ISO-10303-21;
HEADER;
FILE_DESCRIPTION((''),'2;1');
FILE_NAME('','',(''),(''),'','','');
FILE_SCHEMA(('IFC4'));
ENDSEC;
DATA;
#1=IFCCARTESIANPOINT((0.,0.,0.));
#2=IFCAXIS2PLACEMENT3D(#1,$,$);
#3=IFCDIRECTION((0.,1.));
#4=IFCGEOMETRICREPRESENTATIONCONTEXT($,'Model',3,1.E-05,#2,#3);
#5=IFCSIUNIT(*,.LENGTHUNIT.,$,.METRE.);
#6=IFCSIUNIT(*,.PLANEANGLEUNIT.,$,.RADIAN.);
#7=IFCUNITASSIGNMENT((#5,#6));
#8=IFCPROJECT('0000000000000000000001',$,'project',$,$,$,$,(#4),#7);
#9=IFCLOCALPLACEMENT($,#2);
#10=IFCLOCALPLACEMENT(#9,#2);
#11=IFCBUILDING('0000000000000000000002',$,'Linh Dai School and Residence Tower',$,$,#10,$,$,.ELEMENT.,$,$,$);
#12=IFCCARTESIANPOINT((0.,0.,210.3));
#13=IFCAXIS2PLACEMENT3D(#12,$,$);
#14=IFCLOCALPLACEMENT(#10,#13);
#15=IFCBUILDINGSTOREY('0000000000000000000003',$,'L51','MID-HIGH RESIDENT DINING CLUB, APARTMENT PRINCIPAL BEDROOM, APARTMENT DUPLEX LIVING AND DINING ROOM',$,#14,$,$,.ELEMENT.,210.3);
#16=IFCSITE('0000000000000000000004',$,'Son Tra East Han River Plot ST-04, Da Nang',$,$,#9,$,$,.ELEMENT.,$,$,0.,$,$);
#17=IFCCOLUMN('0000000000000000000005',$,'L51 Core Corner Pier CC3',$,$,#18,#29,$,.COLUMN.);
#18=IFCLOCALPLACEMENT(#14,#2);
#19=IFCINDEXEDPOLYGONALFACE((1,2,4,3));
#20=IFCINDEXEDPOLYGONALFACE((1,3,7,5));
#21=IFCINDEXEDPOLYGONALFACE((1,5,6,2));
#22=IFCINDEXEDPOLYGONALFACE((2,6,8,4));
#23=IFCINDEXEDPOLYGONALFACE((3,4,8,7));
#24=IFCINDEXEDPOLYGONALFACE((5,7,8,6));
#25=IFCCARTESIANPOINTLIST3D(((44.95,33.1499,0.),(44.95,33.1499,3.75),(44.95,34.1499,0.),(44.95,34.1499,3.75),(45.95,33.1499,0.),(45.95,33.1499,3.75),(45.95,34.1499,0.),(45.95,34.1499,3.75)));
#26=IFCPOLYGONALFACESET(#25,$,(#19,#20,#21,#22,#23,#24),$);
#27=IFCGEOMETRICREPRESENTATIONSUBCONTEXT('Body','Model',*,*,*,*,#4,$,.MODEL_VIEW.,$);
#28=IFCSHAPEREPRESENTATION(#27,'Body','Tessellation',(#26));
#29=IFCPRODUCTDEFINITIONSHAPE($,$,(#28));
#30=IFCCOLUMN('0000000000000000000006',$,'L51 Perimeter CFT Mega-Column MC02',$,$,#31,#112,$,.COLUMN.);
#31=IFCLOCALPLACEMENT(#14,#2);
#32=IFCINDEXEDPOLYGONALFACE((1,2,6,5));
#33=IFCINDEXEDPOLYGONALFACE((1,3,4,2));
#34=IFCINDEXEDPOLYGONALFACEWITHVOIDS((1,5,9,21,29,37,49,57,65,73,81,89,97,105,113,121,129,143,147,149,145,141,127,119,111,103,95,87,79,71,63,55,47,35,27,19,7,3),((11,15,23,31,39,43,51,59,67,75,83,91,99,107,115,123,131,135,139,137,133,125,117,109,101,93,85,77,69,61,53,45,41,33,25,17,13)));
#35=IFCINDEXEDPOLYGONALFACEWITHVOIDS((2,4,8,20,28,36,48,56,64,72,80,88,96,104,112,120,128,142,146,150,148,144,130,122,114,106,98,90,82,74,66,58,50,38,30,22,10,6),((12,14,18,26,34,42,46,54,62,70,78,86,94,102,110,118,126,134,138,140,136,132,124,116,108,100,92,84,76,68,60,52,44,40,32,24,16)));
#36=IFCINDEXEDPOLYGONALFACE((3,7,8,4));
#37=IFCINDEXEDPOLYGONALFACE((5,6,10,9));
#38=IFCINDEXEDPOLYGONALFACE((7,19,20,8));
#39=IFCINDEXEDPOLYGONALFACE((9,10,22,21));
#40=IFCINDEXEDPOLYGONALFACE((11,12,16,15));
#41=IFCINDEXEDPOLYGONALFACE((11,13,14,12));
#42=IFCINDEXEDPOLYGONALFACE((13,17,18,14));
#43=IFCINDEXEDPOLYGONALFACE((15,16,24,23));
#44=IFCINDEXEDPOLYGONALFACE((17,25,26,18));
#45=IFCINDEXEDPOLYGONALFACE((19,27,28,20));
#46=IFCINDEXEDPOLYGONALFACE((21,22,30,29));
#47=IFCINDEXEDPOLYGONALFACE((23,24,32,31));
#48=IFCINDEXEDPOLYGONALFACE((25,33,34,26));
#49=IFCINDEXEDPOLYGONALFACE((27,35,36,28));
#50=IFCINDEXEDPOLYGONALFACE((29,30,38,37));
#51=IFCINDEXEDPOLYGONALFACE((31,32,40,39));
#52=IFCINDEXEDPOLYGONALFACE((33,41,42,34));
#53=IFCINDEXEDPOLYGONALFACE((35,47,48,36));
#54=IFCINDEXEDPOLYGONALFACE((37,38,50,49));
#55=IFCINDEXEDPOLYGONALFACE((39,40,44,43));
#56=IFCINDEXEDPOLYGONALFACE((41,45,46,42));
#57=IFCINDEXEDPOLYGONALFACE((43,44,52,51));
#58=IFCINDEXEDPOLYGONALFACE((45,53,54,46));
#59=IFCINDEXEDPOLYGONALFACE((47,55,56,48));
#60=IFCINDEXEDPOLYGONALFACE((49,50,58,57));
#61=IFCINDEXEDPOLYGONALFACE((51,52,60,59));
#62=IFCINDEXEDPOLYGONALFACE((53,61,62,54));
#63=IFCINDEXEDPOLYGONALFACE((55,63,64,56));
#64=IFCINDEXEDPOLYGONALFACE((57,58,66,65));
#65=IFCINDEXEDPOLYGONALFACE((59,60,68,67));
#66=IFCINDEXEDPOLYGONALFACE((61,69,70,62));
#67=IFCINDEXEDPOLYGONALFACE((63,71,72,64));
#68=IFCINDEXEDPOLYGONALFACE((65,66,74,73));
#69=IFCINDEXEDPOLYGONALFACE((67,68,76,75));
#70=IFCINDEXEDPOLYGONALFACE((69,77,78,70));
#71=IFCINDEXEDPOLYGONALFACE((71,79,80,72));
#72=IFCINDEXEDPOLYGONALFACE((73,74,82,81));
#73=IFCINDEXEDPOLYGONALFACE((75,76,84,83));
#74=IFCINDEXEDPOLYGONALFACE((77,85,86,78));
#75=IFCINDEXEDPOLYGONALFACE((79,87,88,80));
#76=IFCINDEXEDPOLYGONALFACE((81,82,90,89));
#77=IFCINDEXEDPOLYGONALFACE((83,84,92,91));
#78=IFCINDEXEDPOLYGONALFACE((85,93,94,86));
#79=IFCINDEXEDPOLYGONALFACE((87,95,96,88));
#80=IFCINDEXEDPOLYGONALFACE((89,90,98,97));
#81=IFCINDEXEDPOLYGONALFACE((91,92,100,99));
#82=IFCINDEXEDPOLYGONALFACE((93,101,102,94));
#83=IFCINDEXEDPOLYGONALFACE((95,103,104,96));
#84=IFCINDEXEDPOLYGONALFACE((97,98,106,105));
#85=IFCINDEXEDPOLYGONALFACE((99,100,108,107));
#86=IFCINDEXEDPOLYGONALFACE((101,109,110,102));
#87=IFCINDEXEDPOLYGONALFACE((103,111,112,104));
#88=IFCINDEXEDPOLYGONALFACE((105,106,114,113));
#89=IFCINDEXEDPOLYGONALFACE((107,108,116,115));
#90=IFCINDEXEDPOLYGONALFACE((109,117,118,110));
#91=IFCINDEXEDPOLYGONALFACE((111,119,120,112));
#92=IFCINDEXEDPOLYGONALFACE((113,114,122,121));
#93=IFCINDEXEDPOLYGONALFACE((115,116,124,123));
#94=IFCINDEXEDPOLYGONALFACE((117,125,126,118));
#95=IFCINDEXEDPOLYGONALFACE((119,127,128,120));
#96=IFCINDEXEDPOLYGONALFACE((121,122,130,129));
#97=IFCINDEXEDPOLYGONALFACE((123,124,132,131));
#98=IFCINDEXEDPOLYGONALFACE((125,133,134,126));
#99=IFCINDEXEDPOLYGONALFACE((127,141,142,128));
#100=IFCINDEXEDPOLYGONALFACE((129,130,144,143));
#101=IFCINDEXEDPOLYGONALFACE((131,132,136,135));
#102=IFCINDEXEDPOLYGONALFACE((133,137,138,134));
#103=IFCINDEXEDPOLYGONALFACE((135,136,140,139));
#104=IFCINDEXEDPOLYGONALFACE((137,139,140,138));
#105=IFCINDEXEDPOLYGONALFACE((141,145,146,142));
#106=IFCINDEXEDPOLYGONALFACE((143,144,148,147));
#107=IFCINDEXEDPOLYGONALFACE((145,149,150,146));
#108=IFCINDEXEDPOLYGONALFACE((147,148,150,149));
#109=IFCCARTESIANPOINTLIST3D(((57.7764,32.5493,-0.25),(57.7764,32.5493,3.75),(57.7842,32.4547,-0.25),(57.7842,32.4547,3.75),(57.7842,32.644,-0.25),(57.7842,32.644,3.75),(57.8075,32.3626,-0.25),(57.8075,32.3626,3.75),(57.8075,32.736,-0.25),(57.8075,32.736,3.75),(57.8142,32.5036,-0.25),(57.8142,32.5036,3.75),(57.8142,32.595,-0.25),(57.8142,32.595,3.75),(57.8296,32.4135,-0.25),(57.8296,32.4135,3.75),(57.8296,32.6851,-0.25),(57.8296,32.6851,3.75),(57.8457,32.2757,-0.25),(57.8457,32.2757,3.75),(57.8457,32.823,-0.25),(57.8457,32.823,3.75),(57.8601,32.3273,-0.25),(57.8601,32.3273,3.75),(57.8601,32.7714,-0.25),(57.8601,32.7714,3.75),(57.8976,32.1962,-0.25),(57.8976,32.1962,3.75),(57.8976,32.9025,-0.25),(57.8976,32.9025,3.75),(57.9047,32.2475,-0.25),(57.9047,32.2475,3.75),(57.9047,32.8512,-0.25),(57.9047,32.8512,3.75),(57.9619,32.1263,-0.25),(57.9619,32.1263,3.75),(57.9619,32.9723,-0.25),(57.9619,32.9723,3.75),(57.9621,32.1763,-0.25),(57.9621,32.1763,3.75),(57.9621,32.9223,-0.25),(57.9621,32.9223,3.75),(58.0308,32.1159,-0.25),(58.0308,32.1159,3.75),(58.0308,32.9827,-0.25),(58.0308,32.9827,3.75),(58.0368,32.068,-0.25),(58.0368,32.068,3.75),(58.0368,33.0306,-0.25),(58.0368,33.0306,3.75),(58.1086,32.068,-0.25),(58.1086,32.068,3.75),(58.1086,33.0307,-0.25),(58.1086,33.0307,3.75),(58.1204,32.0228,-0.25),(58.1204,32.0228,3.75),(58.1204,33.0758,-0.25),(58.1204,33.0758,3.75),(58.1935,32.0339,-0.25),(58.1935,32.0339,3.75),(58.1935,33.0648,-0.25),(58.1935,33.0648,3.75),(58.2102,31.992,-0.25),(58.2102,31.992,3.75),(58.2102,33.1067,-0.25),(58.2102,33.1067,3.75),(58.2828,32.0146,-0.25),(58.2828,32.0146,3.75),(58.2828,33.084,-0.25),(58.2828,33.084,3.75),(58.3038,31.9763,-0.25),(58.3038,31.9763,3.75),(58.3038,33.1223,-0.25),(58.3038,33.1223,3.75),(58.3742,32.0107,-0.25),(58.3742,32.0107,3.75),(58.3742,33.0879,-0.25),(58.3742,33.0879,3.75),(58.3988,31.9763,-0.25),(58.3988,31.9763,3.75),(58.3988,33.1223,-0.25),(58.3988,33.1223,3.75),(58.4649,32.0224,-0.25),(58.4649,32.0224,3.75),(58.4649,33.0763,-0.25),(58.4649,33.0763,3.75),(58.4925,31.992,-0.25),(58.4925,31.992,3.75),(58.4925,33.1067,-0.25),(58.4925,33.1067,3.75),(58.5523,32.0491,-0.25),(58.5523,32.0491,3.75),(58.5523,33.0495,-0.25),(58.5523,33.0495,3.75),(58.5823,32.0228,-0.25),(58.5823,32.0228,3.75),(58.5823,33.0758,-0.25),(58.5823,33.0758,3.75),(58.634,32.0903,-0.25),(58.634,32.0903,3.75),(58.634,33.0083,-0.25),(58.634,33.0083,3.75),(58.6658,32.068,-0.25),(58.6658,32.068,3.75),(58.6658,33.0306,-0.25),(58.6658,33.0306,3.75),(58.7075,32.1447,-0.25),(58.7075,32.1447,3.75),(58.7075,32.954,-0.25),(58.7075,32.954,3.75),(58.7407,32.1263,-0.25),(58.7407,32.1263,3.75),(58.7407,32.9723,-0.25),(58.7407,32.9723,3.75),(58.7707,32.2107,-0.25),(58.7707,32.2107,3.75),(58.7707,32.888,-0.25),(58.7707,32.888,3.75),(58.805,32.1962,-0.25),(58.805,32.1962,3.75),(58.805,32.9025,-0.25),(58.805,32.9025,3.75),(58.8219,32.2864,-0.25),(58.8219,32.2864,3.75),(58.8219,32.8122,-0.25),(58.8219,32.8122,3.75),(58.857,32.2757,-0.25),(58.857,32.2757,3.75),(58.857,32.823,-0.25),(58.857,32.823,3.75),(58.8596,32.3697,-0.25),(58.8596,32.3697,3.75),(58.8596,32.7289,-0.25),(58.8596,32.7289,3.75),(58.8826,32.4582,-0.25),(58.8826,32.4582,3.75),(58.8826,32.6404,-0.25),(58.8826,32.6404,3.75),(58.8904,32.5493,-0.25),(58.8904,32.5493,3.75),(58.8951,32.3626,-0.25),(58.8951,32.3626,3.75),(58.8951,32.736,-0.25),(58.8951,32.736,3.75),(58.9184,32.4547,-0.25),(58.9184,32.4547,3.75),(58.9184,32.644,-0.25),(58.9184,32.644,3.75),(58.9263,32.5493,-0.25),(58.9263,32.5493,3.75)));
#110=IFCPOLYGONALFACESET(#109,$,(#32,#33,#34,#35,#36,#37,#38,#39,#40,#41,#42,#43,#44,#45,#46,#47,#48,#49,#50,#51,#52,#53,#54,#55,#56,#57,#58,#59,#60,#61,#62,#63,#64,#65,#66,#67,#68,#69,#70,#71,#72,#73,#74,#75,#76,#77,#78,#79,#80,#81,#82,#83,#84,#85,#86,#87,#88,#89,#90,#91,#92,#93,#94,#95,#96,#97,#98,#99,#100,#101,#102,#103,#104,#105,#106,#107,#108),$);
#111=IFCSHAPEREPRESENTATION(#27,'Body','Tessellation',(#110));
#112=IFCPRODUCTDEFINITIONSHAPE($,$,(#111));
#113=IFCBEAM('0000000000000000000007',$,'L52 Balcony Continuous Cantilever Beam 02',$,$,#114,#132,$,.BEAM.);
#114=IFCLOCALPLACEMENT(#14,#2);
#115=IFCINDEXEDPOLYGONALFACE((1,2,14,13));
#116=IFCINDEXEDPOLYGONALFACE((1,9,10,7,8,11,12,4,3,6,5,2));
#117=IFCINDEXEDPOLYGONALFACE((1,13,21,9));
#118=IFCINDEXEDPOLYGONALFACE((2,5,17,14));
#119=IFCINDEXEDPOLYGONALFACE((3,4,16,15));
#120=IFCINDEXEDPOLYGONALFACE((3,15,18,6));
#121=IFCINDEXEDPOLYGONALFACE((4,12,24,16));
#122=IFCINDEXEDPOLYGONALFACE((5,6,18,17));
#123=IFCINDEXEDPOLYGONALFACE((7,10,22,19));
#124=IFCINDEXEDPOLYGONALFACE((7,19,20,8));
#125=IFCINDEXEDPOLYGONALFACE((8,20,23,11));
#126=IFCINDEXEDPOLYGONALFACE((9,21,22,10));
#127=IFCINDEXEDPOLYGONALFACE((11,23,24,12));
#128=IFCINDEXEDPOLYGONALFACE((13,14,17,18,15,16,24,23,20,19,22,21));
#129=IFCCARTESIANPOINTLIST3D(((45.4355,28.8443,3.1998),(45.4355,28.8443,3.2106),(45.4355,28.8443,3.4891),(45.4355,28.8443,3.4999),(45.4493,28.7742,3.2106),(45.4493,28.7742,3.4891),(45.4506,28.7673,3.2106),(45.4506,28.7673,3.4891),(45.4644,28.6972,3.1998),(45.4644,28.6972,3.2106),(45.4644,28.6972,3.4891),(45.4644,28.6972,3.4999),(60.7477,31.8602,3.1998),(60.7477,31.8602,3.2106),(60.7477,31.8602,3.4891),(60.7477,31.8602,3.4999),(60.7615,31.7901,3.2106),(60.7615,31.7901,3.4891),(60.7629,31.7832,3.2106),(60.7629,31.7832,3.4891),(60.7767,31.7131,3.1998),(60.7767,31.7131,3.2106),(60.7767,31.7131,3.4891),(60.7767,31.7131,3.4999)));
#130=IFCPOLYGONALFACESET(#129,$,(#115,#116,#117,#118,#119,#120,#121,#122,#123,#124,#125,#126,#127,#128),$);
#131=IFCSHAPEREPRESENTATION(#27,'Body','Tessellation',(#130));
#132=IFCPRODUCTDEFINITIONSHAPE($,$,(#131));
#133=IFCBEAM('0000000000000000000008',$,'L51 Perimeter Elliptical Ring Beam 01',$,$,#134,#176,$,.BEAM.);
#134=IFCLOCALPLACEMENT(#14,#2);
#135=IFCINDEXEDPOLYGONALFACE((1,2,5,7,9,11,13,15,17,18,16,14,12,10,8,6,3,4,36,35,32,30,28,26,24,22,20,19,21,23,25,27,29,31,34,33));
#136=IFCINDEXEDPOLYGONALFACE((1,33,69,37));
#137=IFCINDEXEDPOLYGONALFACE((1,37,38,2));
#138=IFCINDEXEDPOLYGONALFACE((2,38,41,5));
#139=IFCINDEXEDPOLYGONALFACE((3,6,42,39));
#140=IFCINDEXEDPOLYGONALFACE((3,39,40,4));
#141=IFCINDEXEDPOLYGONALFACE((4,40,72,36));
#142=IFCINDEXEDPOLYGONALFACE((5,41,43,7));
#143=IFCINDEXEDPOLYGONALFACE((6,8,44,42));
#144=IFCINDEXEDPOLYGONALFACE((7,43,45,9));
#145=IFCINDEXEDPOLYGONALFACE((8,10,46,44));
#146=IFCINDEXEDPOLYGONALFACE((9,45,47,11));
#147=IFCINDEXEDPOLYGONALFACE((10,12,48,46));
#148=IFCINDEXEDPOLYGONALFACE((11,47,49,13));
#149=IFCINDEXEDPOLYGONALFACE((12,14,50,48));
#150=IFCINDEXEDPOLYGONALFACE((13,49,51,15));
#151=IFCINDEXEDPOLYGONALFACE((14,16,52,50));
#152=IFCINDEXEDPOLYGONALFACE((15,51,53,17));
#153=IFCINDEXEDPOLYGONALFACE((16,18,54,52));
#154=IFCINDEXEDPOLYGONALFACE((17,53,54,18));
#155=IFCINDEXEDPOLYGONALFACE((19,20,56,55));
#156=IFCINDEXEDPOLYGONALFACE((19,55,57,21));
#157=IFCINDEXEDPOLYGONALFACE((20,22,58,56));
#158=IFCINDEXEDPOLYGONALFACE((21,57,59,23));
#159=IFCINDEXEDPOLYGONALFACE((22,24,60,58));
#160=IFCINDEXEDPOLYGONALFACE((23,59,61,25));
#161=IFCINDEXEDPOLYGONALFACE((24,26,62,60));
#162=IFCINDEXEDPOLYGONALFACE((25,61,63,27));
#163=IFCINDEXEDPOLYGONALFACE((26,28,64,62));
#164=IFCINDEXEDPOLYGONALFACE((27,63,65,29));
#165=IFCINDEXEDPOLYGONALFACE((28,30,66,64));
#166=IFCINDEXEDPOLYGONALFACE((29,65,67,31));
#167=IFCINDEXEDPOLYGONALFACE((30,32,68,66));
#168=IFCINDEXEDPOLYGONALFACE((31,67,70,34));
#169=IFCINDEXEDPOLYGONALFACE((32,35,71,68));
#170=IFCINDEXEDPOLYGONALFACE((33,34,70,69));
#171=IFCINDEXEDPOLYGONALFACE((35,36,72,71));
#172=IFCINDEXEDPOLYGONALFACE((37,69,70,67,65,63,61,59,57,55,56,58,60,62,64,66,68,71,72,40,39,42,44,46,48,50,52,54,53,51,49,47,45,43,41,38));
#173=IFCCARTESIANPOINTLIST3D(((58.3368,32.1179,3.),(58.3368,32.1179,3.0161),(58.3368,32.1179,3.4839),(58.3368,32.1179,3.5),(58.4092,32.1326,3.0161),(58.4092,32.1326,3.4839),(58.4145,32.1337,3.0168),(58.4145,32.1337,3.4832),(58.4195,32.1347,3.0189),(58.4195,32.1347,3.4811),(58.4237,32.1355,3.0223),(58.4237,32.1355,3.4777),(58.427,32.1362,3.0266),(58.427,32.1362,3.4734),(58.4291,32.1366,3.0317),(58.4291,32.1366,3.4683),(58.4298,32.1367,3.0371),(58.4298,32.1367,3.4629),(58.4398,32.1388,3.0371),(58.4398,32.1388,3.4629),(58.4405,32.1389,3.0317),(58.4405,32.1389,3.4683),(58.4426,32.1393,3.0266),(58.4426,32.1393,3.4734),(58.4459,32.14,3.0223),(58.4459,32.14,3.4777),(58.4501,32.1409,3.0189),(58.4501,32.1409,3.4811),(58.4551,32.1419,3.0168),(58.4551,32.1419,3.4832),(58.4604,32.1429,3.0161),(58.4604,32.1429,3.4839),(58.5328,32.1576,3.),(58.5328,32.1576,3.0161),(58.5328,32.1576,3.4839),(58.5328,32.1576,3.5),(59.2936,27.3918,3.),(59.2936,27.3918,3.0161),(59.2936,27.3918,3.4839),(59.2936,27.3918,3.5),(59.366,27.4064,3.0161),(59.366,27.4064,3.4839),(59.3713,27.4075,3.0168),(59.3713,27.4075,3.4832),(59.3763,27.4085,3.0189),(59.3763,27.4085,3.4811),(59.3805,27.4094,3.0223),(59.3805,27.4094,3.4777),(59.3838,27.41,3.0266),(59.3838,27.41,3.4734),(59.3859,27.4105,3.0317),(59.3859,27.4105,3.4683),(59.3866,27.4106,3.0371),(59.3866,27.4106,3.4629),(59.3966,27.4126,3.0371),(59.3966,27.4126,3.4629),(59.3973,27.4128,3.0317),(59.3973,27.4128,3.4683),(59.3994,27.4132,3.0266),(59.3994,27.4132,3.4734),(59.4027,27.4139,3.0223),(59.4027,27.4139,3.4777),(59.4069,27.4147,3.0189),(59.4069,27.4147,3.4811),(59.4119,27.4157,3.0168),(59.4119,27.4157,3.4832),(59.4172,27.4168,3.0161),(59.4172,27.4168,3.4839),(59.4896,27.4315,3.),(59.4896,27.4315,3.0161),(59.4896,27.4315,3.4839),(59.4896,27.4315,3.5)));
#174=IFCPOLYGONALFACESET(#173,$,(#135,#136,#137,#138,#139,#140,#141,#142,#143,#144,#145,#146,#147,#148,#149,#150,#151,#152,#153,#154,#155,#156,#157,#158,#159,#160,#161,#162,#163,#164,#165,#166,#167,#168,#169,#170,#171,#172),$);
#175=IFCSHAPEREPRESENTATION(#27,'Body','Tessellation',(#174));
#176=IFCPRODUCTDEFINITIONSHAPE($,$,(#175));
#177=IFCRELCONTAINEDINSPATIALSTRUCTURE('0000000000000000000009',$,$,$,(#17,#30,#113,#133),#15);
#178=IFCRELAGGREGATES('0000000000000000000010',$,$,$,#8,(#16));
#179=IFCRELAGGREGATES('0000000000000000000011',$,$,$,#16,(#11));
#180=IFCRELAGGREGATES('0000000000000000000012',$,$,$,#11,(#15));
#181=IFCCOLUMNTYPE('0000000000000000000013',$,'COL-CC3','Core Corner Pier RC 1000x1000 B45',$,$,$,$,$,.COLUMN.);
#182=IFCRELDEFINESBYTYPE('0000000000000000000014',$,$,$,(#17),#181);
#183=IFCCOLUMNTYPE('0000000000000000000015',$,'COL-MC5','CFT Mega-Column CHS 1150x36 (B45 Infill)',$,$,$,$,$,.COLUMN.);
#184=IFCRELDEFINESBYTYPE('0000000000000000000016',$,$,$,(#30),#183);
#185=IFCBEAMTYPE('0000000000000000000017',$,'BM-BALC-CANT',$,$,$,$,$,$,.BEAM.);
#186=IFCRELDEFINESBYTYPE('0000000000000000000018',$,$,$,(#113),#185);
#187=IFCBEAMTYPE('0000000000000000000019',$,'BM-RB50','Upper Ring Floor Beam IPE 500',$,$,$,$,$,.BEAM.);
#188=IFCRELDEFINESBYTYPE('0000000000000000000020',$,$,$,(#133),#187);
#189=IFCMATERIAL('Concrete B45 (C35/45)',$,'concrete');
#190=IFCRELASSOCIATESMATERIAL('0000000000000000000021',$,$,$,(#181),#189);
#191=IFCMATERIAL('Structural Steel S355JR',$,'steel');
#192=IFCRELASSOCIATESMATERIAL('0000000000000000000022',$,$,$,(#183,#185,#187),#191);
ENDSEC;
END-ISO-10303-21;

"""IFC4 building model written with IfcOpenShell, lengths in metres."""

from ifc_helpers import new_model, si_unit, direction, frame, origin, origin_2d, place, context, subcontext, project, spatial, rectangle, hollow_circle, i_section, extrude, material, material_profile, profile_set, type_object, element, save


model = new_model("IFC4")

# Units and contexts
model_context = context("Model", 3, precision=1e-05, world=origin(), true_north=direction((0.0, 1.0)))
body_context = subcontext(model_context, "Body", "Model", "MODEL_VIEW")
ifc_project = project(units=[si_unit("LENGTHUNIT", "METRE"), si_unit("PLANEANGLEUNIT", "RADIAN")], contexts=[model_context])

# Site, building, storey
site_placement = place(None, origin())
site = spatial("IfcSite", under=ifc_project, at=site_placement, Name="Son Tra East Han River Plot ST-04, Da Nang", CompositionType="ELEMENT", RefElevation=0.0)
building_placement = place(site_placement, origin())
building = spatial("IfcBuilding", under=site, at=building_placement, Name="Linh Dai School and Residence Tower", CompositionType="ELEMENT")
storey_placement = place(building_placement, frame((0.0, 0.0, 210.3)))
storey = spatial("IfcBuildingStorey", under=building, at=storey_placement, Name="L51", Description="MID-HIGH RESIDENT DINING CLUB, APARTMENT PRINCIPAL BEDROOM, APARTMENT DUPLEX LIVING AND DINING ROOM", CompositionType="ELEMENT", Elevation=210.3)

# Columns
ifc_material_1 = material(Name="Concrete B45 (C35/45)", Category="concrete")
ifc_material_profile_1 = material_profile(ifc_material_1, rectangle(XDim=1.0, YDim=1.0, at=origin_2d()), Name="RC 1000x1000")
ifc_profile_set_1 = profile_set([ifc_material_profile_1], Name="Concrete B45 (C35/45)")
column_type_1 = type_object("IfcColumnType", Name="COL-CC3", Description="Core Corner Pier RC 1000x1000 B45", PredefinedType="COLUMN", material=ifc_profile_set_1)
column_1_placement = place(storey_placement, frame((45.45, 33.6499, 0.0), z_axis=(0.0, 0.0, 1.0), x_axis=(1.0, 0.0, 0.0)))
element("IfcColumn", 1, at=column_1_placement, inside=storey, type_object=column_type_1, Name="L51 Core Corner Pier CC3", PredefinedType="COLUMN", context=body_context, shape_type="SweptSolid", body=[
    extrude(rectangle(XDim=1.0, YDim=1.0, at=origin_2d()), origin(), (0.0, 0.0, 1.0), 3.75),
])
ifc_material_2 = material(Name="Structural Steel S355JR", Category="steel")
ifc_material_profile_2 = material_profile(ifc_material_2, hollow_circle(Radius=0.575, WallThickness=0.0359, at=origin_2d()), Name="CHS 1150x36")
ifc_profile_set_2 = profile_set([ifc_material_profile_2], Name="Structural Steel S355JR")
column_type_2 = type_object("IfcColumnType", Name="COL-MC5", Description="CFT Mega-Column CHS 1150x36 (B45 Infill)", PredefinedType="COLUMN", material=ifc_profile_set_2)
column_2_placement = place(storey_placement, frame((58.3513, 32.5493, -0.25), z_axis=(0.0, 0.0, 1.0), x_axis=(1.0, 0.0, 0.0)))
element("IfcColumn", 2, at=column_2_placement, inside=storey, type_object=column_type_2, Name="L51 Perimeter CFT Mega-Column MC02", PredefinedType="COLUMN", context=body_context, shape_type="SweptSolid", body=[
    extrude(hollow_circle(Radius=0.575, WallThickness=0.0359, at=origin_2d()), origin(), (0.0, 0.0, 1.0), 4.0),
])

# Beams
ifc_material_profile_3 = material_profile(ifc_material_2, i_section(OverallWidth=0.1499, OverallDepth=0.3, WebThickness=0.0071, FlangeThickness=0.0107, at=origin_2d()), Name="IPE 300")
ifc_profile_set_3 = profile_set([ifc_material_profile_3], Name="Structural Steel S355JR")
beam_type_1 = type_object("IfcBeamType", Name="BM-BALC-CANT", PredefinedType="BEAM", material=ifc_profile_set_3)
beam_1_placement = place(storey_placement, frame((45.45, 28.7708, 3.3499), z_axis=(0.98115, 0.193245, 0.0), x_axis=(-0.193245, 0.98115, 0.0)))
element("IfcBeam", 3, at=beam_1_placement, inside=storey, type_object=beam_type_1, Name="L52 Balcony Continuous Cantilever Beam 02", PredefinedType="BEAM", context=body_context, shape_type="SweptSolid", body=[
    extrude(i_section(OverallWidth=0.1499, OverallDepth=0.3, WebThickness=0.0071, FlangeThickness=0.0107, at=origin_2d()), origin(), (0.0, 0.0, 1.0), 15.6064),
])
ifc_material_profile_4 = material_profile(ifc_material_2, i_section(OverallWidth=0.2, OverallDepth=0.5, WebThickness=0.0103, FlangeThickness=0.0161, FilletRadius=0.021, at=origin_2d()), Name="IPE 500")
ifc_profile_set_4 = profile_set([ifc_material_profile_4], Name="Structural Steel S355JR")
beam_type_2 = type_object("IfcBeamType", Name="BM-RB50", Description="Upper Ring Floor Beam IPE 500", PredefinedType="BEAM", material=ifc_profile_set_4)
beam_2_placement = place(storey_placement, frame((59.3916, 27.4116, 3.25), z_axis=(-0.198423, 0.980116, 0.0), x_axis=(-0.980116, -0.198423, 0.0)))
element("IfcBeam", 4, at=beam_2_placement, inside=storey, type_object=beam_type_2, Name="L51 Perimeter Elliptical Ring Beam 01", PredefinedType="BEAM", context=body_context, shape_type="SweptSolid", body=[
    extrude(i_section(OverallWidth=0.2, OverallDepth=0.5, WebThickness=0.0103, FlangeThickness=0.0161, FilletRadius=0.021, at=origin_2d()), origin(), (0.0, 0.0, 1.0), 4.822),
])

save(model, "model.ifc")
